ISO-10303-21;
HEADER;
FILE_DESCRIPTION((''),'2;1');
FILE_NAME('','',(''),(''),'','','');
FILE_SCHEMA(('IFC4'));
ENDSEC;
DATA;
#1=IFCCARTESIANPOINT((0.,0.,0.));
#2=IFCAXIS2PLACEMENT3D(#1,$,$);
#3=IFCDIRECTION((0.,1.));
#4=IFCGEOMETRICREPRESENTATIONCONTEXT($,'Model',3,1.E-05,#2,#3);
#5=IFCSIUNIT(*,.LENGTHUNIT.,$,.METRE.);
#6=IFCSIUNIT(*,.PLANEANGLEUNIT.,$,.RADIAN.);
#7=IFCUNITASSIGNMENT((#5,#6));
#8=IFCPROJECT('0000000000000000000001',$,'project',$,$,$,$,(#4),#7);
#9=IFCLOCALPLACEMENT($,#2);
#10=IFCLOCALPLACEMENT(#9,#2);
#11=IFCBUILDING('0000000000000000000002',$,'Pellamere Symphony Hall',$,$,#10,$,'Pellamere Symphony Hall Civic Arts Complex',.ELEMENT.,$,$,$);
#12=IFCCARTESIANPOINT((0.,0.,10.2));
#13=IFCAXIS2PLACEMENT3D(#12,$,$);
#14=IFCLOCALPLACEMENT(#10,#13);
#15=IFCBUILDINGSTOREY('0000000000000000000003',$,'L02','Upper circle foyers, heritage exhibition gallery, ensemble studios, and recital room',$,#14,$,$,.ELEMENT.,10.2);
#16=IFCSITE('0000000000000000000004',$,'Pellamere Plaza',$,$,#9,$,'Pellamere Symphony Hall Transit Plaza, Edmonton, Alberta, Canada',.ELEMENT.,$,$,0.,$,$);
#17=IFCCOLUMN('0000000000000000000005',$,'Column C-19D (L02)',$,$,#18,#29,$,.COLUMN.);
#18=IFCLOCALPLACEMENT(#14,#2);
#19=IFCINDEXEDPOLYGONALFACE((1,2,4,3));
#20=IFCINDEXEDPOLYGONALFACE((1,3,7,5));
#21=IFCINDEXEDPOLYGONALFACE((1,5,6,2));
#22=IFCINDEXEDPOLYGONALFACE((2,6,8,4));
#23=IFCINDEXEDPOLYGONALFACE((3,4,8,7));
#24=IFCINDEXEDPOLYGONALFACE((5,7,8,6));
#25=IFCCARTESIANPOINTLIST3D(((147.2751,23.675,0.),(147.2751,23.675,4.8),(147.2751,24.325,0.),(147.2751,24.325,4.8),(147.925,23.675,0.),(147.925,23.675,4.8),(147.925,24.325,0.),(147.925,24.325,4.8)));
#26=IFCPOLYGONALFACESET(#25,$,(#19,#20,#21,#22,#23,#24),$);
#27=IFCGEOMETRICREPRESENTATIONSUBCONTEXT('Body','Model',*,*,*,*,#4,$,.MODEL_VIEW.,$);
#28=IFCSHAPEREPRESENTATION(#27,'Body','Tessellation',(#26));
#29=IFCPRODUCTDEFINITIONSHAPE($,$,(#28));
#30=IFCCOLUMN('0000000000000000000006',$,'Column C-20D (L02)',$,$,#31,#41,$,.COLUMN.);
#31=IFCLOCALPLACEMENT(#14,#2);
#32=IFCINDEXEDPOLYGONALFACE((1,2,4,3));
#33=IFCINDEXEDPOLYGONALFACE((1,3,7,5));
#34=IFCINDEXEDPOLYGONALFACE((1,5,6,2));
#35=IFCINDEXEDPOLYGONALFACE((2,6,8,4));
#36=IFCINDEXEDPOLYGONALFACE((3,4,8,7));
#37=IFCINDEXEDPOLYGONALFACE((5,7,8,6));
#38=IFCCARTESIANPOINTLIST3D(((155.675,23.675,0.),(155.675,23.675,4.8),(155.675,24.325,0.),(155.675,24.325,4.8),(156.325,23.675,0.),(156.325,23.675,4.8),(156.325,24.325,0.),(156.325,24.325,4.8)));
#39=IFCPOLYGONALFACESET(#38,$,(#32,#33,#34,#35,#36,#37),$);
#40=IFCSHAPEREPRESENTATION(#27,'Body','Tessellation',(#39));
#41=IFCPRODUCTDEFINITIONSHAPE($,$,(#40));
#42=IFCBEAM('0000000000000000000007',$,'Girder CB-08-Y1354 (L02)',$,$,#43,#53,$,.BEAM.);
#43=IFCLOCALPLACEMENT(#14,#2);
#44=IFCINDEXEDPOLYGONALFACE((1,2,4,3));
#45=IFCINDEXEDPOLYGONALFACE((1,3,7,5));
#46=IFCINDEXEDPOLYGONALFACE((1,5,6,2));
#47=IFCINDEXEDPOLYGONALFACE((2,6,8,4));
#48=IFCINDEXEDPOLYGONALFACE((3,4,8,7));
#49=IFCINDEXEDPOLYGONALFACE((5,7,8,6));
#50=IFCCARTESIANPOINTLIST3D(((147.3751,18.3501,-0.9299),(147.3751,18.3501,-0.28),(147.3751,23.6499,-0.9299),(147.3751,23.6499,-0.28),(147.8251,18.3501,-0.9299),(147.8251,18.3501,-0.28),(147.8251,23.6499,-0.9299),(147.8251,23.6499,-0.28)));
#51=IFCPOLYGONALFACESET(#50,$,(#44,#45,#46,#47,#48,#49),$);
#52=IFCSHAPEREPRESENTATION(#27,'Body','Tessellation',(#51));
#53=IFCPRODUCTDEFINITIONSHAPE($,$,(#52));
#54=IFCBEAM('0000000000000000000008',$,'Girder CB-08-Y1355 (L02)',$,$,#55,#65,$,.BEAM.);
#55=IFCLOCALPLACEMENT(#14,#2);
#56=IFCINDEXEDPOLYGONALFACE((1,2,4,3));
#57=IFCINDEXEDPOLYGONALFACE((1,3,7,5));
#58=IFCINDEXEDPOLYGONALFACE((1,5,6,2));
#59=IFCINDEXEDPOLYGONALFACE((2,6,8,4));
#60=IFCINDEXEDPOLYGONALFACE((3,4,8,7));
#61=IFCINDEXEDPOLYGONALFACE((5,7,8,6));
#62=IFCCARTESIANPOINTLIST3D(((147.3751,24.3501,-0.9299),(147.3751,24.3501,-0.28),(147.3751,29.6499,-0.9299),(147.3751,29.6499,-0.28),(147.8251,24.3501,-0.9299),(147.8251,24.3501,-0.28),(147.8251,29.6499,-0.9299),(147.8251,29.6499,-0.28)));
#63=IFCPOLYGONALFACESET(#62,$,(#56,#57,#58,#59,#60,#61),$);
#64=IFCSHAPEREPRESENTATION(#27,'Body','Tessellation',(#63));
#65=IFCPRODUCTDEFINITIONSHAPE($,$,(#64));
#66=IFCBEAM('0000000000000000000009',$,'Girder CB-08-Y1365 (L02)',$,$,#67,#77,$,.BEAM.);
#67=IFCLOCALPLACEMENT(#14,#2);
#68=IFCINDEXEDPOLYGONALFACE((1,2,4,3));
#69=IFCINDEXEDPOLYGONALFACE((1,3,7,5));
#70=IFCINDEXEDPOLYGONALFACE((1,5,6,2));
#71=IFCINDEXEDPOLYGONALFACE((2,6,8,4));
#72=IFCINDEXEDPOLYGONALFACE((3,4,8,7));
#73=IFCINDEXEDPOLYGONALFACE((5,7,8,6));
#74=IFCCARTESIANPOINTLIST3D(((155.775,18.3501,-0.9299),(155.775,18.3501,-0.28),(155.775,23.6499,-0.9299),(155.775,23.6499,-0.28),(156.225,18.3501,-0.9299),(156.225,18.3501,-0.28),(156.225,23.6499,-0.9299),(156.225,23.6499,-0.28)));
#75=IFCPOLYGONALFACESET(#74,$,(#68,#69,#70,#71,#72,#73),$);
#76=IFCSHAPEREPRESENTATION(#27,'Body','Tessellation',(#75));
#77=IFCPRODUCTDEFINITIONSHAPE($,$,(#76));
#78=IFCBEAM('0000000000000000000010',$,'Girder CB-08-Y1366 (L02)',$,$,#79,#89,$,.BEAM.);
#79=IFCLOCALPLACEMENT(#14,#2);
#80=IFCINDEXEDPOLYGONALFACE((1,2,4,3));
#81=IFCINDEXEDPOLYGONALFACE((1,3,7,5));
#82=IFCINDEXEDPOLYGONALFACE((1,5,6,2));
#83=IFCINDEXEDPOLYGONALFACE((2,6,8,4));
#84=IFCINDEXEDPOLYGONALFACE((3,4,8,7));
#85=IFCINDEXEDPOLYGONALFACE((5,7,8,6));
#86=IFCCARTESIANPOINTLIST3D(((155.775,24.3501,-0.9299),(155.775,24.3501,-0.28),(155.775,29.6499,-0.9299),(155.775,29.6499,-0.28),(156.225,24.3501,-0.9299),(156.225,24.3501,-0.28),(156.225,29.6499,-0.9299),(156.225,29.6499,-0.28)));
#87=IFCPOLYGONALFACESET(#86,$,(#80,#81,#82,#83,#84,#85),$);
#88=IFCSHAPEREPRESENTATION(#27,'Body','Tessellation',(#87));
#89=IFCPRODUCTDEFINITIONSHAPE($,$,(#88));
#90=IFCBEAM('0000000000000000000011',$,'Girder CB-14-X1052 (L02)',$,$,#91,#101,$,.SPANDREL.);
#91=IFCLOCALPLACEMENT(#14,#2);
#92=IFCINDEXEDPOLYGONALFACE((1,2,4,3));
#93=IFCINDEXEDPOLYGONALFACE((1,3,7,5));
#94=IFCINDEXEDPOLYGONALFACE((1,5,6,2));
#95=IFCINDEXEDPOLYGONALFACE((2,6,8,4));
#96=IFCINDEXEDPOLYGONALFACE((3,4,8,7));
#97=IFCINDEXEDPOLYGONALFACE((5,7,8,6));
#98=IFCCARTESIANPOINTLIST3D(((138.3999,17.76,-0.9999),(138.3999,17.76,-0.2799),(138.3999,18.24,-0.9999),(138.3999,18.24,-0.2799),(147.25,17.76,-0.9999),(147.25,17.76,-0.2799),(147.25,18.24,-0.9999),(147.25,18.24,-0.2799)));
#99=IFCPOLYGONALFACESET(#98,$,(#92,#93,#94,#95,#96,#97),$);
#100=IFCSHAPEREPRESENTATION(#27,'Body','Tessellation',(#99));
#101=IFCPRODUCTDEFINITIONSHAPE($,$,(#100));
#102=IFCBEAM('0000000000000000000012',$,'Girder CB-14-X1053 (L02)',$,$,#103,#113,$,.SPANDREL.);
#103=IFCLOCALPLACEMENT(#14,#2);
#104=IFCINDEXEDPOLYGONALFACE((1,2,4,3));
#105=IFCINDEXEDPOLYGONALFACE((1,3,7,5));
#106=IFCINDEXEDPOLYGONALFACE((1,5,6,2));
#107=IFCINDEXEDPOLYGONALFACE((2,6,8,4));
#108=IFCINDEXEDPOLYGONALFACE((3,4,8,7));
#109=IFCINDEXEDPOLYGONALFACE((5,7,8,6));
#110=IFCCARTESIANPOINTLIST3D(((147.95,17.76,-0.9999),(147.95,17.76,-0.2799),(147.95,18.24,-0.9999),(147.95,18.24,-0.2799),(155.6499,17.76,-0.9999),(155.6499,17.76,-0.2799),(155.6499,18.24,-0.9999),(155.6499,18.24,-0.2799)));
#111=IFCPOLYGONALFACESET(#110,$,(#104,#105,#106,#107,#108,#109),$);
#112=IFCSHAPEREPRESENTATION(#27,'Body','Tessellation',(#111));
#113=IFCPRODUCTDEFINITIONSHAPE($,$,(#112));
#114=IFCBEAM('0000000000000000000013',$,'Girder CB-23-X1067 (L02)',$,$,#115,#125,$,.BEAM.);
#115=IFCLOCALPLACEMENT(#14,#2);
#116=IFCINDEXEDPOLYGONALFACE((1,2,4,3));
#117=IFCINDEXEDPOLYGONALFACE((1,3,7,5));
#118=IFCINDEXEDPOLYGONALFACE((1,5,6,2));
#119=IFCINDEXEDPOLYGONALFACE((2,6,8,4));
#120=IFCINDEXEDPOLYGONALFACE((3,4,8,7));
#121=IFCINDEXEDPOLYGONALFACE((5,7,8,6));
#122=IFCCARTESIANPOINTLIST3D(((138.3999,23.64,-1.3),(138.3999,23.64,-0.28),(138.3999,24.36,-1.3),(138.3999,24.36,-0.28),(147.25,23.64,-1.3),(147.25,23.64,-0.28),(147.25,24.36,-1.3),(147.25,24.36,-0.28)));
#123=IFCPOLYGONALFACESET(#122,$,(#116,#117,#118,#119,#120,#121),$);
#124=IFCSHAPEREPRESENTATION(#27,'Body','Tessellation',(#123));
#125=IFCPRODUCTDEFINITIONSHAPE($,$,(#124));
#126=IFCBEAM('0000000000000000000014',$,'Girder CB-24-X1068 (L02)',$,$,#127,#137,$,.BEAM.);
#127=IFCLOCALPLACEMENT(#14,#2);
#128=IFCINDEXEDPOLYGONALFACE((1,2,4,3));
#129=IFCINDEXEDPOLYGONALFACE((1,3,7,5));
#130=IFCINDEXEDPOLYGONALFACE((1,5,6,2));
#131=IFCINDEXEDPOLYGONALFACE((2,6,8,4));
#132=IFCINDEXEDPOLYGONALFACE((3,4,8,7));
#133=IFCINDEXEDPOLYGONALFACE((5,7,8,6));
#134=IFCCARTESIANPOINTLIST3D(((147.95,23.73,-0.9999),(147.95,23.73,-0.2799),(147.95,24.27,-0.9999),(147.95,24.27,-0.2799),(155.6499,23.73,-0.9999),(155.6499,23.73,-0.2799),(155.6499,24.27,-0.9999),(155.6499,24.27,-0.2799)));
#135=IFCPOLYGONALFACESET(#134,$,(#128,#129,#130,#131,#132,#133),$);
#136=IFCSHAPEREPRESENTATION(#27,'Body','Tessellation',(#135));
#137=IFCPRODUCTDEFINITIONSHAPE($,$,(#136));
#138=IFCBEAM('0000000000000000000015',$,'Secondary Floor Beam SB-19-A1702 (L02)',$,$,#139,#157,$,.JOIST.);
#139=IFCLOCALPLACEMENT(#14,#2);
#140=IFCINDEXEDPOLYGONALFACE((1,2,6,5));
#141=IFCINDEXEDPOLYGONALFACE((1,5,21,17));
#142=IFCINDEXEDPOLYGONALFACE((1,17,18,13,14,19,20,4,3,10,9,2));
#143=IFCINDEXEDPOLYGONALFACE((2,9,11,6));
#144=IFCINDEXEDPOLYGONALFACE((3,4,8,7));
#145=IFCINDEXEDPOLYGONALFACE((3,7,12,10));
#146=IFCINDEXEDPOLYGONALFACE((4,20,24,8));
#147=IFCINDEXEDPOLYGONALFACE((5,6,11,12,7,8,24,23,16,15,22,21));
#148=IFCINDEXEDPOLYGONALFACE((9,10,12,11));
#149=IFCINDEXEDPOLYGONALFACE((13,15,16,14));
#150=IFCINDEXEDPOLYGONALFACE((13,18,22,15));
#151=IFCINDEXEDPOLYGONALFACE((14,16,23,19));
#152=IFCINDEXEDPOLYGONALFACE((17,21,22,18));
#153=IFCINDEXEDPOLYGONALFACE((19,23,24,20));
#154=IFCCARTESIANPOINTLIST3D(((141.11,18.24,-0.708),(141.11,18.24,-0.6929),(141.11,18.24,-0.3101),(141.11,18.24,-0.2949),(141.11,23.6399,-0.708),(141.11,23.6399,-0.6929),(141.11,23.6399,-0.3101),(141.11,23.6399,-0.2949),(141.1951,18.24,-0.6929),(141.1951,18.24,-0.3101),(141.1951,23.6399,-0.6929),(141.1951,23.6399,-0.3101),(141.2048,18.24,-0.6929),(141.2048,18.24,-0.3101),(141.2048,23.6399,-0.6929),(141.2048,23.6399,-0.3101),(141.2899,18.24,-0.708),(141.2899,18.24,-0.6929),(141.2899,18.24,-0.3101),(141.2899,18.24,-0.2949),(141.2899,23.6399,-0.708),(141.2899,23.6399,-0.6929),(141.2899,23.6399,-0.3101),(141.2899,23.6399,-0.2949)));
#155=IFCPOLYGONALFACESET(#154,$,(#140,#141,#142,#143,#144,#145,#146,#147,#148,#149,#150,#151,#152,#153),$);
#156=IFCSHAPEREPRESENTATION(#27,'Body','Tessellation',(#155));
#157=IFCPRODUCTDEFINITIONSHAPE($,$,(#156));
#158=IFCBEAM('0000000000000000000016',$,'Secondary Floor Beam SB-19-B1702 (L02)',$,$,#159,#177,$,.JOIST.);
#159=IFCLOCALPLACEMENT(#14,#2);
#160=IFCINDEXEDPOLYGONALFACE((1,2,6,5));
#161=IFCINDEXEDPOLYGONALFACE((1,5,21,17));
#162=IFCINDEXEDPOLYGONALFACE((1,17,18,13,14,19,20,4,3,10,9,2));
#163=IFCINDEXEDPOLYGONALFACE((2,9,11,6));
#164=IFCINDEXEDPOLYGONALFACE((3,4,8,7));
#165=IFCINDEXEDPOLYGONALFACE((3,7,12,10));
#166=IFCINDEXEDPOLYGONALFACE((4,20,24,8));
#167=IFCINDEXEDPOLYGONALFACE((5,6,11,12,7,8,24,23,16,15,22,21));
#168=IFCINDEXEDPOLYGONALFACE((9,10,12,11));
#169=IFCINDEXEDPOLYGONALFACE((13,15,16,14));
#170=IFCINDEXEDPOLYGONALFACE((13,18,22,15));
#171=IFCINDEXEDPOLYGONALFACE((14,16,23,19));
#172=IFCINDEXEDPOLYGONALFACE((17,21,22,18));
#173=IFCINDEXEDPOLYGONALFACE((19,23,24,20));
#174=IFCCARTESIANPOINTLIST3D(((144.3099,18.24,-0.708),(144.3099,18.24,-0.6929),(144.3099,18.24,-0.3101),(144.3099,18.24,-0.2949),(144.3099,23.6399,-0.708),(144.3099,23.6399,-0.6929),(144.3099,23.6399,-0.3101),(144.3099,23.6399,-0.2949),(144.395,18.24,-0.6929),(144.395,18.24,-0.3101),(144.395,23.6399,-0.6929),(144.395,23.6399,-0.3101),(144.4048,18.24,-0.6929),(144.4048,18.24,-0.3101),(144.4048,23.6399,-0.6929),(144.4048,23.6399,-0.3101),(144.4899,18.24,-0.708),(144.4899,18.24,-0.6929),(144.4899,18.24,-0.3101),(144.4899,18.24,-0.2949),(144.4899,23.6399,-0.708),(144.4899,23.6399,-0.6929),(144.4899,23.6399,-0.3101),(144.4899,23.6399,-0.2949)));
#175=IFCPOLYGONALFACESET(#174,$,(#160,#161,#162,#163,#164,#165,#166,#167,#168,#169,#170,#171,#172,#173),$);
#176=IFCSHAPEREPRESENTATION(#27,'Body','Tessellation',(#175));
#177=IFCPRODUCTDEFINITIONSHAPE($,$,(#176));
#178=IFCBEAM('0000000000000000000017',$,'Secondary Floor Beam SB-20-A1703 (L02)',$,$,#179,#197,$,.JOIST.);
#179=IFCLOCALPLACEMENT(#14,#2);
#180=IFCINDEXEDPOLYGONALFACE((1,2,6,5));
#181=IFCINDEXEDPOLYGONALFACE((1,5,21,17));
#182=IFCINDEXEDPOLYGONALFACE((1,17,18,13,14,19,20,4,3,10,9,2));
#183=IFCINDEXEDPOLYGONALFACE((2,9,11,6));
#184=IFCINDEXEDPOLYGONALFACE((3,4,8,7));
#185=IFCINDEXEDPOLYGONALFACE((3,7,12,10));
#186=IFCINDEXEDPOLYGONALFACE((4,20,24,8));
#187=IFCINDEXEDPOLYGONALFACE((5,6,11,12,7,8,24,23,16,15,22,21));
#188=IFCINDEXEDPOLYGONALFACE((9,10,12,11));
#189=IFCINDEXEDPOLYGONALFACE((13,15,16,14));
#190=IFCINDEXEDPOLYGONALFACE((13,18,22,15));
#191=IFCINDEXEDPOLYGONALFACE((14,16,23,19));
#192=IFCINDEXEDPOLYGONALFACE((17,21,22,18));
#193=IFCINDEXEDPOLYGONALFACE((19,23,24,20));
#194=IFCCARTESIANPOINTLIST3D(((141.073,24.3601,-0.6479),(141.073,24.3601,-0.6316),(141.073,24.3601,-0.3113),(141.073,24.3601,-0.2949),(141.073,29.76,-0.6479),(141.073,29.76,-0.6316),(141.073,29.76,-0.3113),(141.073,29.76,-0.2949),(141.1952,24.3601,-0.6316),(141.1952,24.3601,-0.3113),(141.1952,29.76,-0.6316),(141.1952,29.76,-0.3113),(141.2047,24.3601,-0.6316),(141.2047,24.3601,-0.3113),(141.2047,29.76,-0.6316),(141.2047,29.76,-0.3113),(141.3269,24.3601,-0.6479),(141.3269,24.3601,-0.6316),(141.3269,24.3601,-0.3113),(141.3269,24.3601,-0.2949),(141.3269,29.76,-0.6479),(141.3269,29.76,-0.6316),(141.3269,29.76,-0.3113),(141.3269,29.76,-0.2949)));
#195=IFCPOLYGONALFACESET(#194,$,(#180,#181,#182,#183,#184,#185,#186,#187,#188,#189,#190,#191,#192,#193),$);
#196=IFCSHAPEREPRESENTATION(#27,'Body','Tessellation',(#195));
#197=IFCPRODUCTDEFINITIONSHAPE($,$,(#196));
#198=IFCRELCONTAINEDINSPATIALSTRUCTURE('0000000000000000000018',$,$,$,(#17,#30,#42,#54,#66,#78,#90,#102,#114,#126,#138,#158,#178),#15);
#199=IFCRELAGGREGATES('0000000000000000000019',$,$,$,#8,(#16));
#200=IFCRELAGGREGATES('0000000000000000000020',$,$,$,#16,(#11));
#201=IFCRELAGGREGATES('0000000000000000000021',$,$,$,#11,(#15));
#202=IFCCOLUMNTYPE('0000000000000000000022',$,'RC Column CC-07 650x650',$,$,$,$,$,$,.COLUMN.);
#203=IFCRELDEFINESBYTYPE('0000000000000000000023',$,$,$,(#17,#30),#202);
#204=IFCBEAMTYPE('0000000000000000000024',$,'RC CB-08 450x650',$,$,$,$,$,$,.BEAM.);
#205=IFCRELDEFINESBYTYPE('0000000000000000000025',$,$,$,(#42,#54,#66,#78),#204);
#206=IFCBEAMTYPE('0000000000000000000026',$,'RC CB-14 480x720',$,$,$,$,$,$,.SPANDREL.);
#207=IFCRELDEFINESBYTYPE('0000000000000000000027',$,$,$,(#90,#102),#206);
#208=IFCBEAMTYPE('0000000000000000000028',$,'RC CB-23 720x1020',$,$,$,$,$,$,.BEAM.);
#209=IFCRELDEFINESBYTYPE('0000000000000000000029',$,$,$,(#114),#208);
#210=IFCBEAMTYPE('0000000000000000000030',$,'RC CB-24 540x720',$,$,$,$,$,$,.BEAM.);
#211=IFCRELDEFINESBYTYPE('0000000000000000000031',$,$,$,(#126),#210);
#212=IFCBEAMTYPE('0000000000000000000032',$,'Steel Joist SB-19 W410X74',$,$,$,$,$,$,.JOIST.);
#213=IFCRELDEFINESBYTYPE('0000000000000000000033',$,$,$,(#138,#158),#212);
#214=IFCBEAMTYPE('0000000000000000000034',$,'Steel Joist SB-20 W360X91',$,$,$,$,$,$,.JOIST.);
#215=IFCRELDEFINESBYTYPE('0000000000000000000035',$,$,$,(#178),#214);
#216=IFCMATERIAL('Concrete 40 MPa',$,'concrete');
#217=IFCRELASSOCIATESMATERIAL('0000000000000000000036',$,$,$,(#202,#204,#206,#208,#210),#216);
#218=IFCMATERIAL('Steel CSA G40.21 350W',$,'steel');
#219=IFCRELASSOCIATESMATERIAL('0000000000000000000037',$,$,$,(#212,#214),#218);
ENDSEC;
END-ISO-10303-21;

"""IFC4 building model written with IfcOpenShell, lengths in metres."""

from ifc_helpers import new_model, si_unit, direction, frame, origin, origin_2d, place, context, subcontext, project, spatial, rectangle, i_section, extrude, material, material_profile, profile_set, type_object, element, save


model = new_model("IFC4")

# Units and contexts
model_context = context("Model", 3, precision=1e-05, world=origin(), true_north=direction((0.0, 1.0)))
body_context = subcontext(model_context, "Body", "Model", "MODEL_VIEW")
ifc_project = project(units=[si_unit("LENGTHUNIT", "METRE"), si_unit("PLANEANGLEUNIT", "RADIAN")], contexts=[model_context])

# Site, building, storey
site_placement = place(None, origin())
site = spatial("IfcSite", under=ifc_project, at=site_placement, Name="Pellamere Plaza", LongName="Pellamere Symphony Hall Transit Plaza, Edmonton, Alberta, Canada", CompositionType="ELEMENT", RefElevation=0.0)
building_placement = place(site_placement, origin())
building = spatial("IfcBuilding", under=site, at=building_placement, Name="Pellamere Symphony Hall", LongName="Pellamere Symphony Hall Civic Arts Complex", CompositionType="ELEMENT")
storey_placement = place(building_placement, frame((0.0, 0.0, 10.2)))
storey = spatial("IfcBuildingStorey", under=building, at=storey_placement, Name="L02", Description="Upper circle foyers, heritage exhibition gallery, ensemble studios, and recital room", CompositionType="ELEMENT", Elevation=10.2)

# Columns
ifc_material_1 = material(Name="Concrete 40 MPa", Category="concrete")
ifc_material_profile_1 = material_profile(ifc_material_1, rectangle(XDim=0.6499, YDim=0.6499, at=origin_2d()), Name="RC 650x650")
ifc_profile_set_1 = profile_set([ifc_material_profile_1], Name="Concrete 40 MPa")
column_type = type_object("IfcColumnType", Name="RC Column CC-07 650x650", PredefinedType="COLUMN", material=ifc_profile_set_1)
for number, where, z_axis, x_axis, name in (
    (1, (147.6001, 24.0, 0.0), (0.0, 0.0, 1.0), (1.0, 0.0, 0.0), "Column C-19D (L02)"),
    (2, (156.0, 24.0, 0.0), (0.0, 0.0, 1.0), (1.0, 0.0, 0.0), "Column C-20D (L02)"),
):
    element("IfcColumn", number, at=place(storey_placement, frame(where, z_axis=z_axis, x_axis=x_axis)), inside=storey, type_object=column_type, Name=name, PredefinedType="COLUMN", context=body_context, shape_type="SweptSolid", body=[
        extrude(rectangle(XDim=0.6499, YDim=0.6499, at=origin_2d()), origin(), (0.0, 0.0, 1.0), 4.8),
    ])

# Beams
ifc_material_profile_2 = material_profile(ifc_material_1, rectangle(XDim=0.45, YDim=0.6499, at=origin_2d()), Name="RC 450x650")
ifc_profile_set_2 = profile_set([ifc_material_profile_2], Name="Concrete 40 MPa")
beam_type_1 = type_object("IfcBeamType", Name="RC CB-08 450x650", PredefinedType="BEAM", material=ifc_profile_set_2)
for number, where, z_axis, x_axis, name in (
    (3, (147.6001, 18.3501, -0.605), (0.0, 1.0, 0.0), (-1.0, 0.0, 0.0), "Girder CB-08-Y1354 (L02)"),
    (4, (147.6001, 24.3501, -0.605), (0.0, 1.0, 0.0), (-1.0, 0.0, 0.0), "Girder CB-08-Y1355 (L02)"),
    (5, (156.0, 18.3501, -0.605), (0.0, 1.0, 0.0), (-1.0, 0.0, 0.0), "Girder CB-08-Y1365 (L02)"),
    (6, (156.0, 24.3501, -0.605), (0.0, 1.0, 0.0), (-1.0, 0.0, 0.0), "Girder CB-08-Y1366 (L02)"),
):
    element("IfcBeam", number, at=place(storey_placement, frame(where, z_axis=z_axis, x_axis=x_axis)), inside=storey, type_object=beam_type_1, Name=name, PredefinedType="BEAM", context=body_context, shape_type="SweptSolid", body=[
        extrude(rectangle(XDim=0.45, YDim=0.6499, at=origin_2d()), origin(), (0.0, 0.0, 1.0), 5.2998),
    ])
ifc_material_profile_3 = material_profile(ifc_material_1, rectangle(XDim=0.48, YDim=0.72, at=origin_2d()), Name="RC 480x720")
ifc_profile_set_3 = profile_set([ifc_material_profile_3], Name="Concrete 40 MPa")
beam_type_2 = type_object("IfcBeamType", Name="RC CB-14 480x720", PredefinedType="SPANDREL", material=ifc_profile_set_3)
beam_1_placement = place(storey_placement, frame((138.3999, 18.0, -0.6399), z_axis=(1.0, 0.0, 0.0), x_axis=(0.0, 1.0, 0.0)))
element("IfcBeam", 7, at=beam_1_placement, inside=storey, type_object=beam_type_2, Name="Girder CB-14-X1052 (L02)", PredefinedType="SPANDREL", context=body_context, shape_type="SweptSolid", body=[
    extrude(rectangle(XDim=0.48, YDim=0.72, at=origin_2d()), origin(), (0.0, 0.0, 1.0), 8.8501),
])
beam_2_placement = place(storey_placement, frame((147.95, 18.0, -0.6399), z_axis=(1.0, 0.0, 0.0), x_axis=(0.0, 1.0, 0.0)))
element("IfcBeam", 8, at=beam_2_placement, inside=storey, type_object=beam_type_2, Name="Girder CB-14-X1053 (L02)", PredefinedType="SPANDREL", context=body_context, shape_type="SweptSolid", body=[
    extrude(rectangle(XDim=0.48, YDim=0.72, at=origin_2d()), origin(), (0.0, 0.0, 1.0), 7.7),
])
ifc_material_profile_4 = material_profile(ifc_material_1, rectangle(XDim=0.72, YDim=1.02, at=origin_2d()), Name="RC 720x1020")
ifc_profile_set_4 = profile_set([ifc_material_profile_4], Name="Concrete 40 MPa")
beam_type_3 = type_object("IfcBeamType", Name="RC CB-23 720x1020", PredefinedType="BEAM", material=ifc_profile_set_4)
beam_3_placement = place(storey_placement, frame((138.3999, 24.0, -0.79), z_axis=(1.0, 0.0, 0.0), x_axis=(0.0, 1.0, 0.0)))
element("IfcBeam", 9, at=beam_3_placement, inside=storey, type_object=beam_type_3, Name="Girder CB-23-X1067 (L02)", PredefinedType="BEAM", context=body_context, shape_type="SweptSolid", body=[
    extrude(rectangle(XDim=0.72, YDim=1.02, at=origin_2d()), origin(), (0.0, 0.0, 1.0), 8.8501),
])
ifc_material_profile_5 = material_profile(ifc_material_1, rectangle(XDim=0.54, YDim=0.72, at=origin_2d()), Name="RC 540x720")
ifc_profile_set_5 = profile_set([ifc_material_profile_5], Name="Concrete 40 MPa")
beam_type_4 = type_object("IfcBeamType", Name="RC CB-24 540x720", PredefinedType="BEAM", material=ifc_profile_set_5)
beam_4_placement = place(storey_placement, frame((147.95, 24.0, -0.6399), z_axis=(1.0, 0.0, 0.0), x_axis=(0.0, 1.0, 0.0)))
element("IfcBeam", 10, at=beam_4_placement, inside=storey, type_object=beam_type_4, Name="Girder CB-24-X1068 (L02)", PredefinedType="BEAM", context=body_context, shape_type="SweptSolid", body=[
    extrude(rectangle(XDim=0.54, YDim=0.72, at=origin_2d()), origin(), (0.0, 0.0, 1.0), 7.7),
])
ifc_material_2 = material(Name="Steel CSA G40.21 350W", Category="steel")
ifc_material_profile_6 = material_profile(ifc_material_2, i_section(OverallWidth=0.1799, OverallDepth=0.4131, WebThickness=0.0098, FlangeThickness=0.0151, at=origin_2d()), Name="W410X74")
ifc_profile_set_6 = profile_set([ifc_material_profile_6], Name="Steel CSA G40.21 350W")
beam_type_5 = type_object("IfcBeamType", Name="Steel Joist SB-19 W410X74", PredefinedType="JOIST", material=ifc_profile_set_6)
for number, where, z_axis, x_axis, name in (
    (11, (141.2, 18.24, -0.5015), (0.0, 1.0, 0.0), (-1.0, 0.0, 0.0), "Secondary Floor Beam SB-19-A1702 (L02)"),
    (12, (144.3999, 18.24, -0.5015), (0.0, 1.0, 0.0), (-1.0, 0.0, 0.0), "Secondary Floor Beam SB-19-B1702 (L02)"),
):
    element("IfcBeam", number, at=place(storey_placement, frame(where, z_axis=z_axis, x_axis=x_axis)), inside=storey, type_object=beam_type_5, Name=name, PredefinedType="JOIST", context=body_context, shape_type="SweptSolid", body=[
        extrude(i_section(OverallWidth=0.1799, OverallDepth=0.4131, WebThickness=0.0098, FlangeThickness=0.0151, at=origin_2d()), origin(), (0.0, 0.0, 1.0), 5.3999),
    ])
ifc_material_profile_7 = material_profile(ifc_material_2, i_section(OverallWidth=0.2539, OverallDepth=0.353, WebThickness=0.0095, FlangeThickness=0.0164, at=origin_2d()), Name="W360X91")
ifc_profile_set_7 = profile_set([ifc_material_profile_7], Name="Steel CSA G40.21 350W")
beam_type_6 = type_object("IfcBeamType", Name="Steel Joist SB-20 W360X91", PredefinedType="JOIST", material=ifc_profile_set_7)
beam_5_placement = place(storey_placement, frame((141.2, 24.3601, -0.4714), z_axis=(0.0, 1.0, 0.0), x_axis=(-1.0, 0.0, 0.0)))
element("IfcBeam", 13, at=beam_5_placement, inside=storey, type_object=beam_type_6, Name="Secondary Floor Beam SB-20-A1703 (L02)", PredefinedType="JOIST", context=body_context, shape_type="SweptSolid", body=[
    extrude(i_section(OverallWidth=0.2539, OverallDepth=0.353, WebThickness=0.0095, FlangeThickness=0.0164, at=origin_2d()), origin(), (0.0, 0.0, 1.0), 5.3999),
])

save(model, "model.ifc")
